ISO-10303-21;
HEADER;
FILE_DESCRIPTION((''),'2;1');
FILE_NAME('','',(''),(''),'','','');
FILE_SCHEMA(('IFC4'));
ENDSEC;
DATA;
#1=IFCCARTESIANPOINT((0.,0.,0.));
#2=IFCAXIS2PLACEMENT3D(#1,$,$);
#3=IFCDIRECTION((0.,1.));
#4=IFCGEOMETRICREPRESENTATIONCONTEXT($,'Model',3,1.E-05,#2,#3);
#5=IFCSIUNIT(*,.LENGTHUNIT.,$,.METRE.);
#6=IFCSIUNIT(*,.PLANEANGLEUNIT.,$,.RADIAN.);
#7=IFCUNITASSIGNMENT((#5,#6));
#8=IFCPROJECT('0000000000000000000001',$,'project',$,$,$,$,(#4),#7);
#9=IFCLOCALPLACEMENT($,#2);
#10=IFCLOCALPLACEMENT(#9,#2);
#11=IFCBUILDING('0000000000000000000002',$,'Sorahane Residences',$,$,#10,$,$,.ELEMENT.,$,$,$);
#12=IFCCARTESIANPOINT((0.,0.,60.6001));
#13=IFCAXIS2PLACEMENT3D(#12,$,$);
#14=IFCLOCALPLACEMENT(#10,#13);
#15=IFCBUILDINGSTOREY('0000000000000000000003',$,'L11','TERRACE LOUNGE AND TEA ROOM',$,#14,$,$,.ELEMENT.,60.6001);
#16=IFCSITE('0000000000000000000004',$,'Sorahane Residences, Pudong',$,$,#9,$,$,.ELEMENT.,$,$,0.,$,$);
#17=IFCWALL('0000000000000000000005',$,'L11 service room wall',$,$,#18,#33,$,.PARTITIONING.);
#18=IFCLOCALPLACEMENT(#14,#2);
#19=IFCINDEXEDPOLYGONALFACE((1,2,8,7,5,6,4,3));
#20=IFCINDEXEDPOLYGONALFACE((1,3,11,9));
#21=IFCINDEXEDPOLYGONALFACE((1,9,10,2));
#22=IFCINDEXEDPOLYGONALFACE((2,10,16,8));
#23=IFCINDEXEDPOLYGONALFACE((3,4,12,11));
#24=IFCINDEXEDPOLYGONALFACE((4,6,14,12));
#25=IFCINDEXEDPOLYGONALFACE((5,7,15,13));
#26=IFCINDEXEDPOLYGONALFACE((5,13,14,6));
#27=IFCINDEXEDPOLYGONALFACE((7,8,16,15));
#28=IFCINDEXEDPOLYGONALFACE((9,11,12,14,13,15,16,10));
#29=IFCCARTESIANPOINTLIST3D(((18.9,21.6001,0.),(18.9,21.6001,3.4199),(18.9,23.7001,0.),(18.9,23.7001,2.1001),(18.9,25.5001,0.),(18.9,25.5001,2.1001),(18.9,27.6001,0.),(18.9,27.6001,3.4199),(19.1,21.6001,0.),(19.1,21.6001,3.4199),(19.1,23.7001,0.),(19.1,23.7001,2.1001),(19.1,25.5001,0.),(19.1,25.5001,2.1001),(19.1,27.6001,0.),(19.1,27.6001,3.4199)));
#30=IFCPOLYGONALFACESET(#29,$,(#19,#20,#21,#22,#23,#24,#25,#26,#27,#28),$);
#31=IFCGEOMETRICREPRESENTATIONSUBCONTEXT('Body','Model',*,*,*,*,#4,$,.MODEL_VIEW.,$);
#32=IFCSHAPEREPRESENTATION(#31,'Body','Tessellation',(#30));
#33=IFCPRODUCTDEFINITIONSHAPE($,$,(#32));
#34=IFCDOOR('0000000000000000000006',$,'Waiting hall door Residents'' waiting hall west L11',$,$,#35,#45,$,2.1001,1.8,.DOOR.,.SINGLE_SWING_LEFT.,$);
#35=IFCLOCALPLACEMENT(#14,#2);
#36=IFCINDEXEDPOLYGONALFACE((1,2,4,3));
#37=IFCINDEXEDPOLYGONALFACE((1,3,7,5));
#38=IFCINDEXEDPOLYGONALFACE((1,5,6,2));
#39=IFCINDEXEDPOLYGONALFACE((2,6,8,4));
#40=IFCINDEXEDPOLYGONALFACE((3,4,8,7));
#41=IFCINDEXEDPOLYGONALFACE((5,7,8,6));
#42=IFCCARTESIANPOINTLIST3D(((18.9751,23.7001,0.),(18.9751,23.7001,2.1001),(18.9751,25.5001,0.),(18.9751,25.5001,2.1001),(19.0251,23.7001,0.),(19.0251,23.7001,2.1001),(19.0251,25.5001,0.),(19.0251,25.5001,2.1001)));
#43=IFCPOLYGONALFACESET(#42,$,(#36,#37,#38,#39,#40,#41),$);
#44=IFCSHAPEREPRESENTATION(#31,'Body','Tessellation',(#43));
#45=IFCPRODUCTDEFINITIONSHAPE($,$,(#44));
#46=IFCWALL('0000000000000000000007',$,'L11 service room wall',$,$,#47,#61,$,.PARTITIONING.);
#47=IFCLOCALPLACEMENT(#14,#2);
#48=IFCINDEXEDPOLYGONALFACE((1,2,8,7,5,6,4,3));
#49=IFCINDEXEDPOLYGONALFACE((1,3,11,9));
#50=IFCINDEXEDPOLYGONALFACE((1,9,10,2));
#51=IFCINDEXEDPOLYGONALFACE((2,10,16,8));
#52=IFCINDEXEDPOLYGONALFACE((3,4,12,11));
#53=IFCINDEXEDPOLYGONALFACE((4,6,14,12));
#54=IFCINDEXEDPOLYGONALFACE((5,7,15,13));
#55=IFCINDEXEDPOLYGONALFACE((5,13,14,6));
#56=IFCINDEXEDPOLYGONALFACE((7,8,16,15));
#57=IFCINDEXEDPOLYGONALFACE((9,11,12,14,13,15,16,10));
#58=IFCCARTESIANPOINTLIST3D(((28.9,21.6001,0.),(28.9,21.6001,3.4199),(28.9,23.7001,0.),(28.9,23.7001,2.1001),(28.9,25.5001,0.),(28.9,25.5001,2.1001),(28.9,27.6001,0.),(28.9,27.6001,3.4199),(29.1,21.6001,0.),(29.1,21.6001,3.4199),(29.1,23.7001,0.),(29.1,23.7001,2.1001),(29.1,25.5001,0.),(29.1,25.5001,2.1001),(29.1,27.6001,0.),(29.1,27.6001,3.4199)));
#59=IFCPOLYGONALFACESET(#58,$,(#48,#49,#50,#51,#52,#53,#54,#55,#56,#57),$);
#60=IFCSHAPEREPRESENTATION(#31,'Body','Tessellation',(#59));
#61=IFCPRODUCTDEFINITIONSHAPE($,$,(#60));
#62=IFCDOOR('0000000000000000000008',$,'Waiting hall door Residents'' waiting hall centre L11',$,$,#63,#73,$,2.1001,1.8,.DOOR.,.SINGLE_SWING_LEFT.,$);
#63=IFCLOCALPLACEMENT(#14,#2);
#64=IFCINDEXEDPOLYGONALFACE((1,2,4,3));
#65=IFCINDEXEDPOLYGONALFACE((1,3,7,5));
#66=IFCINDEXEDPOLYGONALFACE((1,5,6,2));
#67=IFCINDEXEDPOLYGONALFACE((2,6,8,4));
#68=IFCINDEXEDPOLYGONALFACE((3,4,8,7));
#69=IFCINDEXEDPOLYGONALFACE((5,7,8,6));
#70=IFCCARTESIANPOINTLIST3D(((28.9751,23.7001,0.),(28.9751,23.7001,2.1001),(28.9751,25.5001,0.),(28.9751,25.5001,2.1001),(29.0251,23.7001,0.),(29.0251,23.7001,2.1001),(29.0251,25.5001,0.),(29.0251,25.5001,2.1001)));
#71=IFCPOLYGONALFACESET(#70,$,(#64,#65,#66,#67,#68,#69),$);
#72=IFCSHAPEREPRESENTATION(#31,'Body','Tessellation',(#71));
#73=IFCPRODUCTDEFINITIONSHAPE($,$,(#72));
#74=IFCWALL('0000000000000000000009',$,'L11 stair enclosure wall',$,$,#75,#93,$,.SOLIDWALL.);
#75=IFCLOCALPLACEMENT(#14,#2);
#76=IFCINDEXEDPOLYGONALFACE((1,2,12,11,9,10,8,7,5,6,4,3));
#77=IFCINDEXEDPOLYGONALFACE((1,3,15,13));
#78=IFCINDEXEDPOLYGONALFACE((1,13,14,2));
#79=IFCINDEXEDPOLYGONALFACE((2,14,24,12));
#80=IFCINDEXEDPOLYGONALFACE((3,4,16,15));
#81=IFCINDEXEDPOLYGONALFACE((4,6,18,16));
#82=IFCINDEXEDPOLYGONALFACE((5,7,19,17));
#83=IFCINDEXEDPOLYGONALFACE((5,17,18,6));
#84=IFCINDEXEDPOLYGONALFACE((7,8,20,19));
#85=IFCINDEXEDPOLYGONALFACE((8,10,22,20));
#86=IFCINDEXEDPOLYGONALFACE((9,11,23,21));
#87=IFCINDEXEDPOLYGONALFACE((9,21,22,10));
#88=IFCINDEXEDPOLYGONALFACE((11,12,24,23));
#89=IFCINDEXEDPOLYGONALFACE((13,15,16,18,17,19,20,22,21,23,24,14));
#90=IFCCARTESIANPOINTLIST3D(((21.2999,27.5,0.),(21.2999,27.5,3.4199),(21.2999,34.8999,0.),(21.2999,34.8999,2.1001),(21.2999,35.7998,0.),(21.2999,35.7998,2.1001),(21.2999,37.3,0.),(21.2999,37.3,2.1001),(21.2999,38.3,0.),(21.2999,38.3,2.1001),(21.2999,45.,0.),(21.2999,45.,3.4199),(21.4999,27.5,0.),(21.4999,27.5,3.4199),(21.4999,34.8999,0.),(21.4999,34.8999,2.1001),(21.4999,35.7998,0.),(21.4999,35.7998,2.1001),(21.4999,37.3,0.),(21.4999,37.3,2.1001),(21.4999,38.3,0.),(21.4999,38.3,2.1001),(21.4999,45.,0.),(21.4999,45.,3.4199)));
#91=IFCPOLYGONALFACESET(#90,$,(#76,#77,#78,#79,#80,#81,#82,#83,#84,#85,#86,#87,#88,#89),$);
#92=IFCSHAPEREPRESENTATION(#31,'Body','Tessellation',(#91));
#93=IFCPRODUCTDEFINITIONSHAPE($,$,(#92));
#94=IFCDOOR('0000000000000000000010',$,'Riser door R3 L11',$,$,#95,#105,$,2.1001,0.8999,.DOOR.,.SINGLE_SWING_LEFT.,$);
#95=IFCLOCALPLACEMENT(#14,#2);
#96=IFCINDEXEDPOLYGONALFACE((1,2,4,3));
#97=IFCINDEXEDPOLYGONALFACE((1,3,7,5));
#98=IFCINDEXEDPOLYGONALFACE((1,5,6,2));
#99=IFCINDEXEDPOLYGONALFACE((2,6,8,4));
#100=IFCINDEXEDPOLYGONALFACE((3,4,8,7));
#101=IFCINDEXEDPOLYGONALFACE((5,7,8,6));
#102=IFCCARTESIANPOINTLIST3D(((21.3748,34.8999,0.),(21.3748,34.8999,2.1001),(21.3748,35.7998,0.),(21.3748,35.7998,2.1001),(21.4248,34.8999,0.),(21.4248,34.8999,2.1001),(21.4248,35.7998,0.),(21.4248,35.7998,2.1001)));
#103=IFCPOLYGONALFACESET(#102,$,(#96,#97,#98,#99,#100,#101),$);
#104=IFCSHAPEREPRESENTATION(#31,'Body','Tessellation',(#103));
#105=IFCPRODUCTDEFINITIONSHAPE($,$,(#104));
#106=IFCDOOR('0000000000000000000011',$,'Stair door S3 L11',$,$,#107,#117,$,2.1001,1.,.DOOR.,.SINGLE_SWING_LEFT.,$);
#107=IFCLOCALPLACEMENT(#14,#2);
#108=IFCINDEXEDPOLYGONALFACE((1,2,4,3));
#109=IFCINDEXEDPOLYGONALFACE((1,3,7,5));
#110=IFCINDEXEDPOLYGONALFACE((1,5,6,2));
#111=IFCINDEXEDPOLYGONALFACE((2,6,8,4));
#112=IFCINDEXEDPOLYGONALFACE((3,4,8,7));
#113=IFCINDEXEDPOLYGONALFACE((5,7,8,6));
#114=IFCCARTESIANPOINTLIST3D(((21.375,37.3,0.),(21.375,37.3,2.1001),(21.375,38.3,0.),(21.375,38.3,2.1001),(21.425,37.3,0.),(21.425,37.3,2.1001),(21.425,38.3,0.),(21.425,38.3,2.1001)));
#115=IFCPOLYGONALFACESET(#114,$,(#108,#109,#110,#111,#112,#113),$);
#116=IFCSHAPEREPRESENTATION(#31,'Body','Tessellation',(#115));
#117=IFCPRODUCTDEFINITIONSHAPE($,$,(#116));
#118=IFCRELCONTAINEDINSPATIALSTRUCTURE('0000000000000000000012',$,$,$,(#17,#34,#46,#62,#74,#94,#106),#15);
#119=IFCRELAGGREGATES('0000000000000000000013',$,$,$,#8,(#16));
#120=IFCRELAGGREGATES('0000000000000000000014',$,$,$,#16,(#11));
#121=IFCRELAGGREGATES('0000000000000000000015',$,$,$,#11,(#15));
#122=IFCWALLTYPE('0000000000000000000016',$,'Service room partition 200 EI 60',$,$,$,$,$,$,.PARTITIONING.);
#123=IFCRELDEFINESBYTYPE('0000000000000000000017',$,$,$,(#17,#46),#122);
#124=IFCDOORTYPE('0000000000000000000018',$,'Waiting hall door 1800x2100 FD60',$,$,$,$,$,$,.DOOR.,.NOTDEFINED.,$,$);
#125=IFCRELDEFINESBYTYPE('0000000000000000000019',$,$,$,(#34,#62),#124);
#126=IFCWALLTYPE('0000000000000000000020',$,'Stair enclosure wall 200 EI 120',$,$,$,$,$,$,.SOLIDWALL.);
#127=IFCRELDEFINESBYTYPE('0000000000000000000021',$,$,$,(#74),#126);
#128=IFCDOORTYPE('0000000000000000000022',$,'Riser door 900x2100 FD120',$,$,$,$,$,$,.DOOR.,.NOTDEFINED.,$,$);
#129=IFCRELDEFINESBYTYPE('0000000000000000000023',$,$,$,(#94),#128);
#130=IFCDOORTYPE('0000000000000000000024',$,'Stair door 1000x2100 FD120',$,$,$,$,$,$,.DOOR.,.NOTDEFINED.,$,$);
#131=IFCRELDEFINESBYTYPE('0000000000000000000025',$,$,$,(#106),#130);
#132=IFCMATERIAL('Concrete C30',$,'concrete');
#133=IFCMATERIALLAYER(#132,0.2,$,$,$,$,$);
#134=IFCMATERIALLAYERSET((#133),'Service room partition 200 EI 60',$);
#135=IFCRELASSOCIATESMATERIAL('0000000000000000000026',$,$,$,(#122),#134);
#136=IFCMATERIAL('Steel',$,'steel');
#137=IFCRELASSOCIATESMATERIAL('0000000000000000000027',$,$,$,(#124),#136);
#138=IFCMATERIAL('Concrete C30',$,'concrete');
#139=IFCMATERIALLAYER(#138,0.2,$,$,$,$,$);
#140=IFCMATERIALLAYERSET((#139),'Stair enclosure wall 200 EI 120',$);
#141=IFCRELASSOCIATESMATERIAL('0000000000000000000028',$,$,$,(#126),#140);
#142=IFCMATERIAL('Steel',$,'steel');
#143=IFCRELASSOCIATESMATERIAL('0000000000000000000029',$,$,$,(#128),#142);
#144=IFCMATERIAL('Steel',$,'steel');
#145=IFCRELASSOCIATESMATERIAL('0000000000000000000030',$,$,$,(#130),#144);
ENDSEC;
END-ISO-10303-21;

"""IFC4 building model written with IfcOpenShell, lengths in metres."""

from ifc_helpers import new_model, si_unit, direction, frame, frame_2d, origin, place, context, subcontext, project, spatial, rectangle, extrude, material, layer, layer_set, type_object, element, fill, save


model = new_model("IFC4")

# Units and contexts
model_context = context("Model", 3, precision=1e-05, world=origin(), true_north=direction((0.0, 1.0)))
body_context = subcontext(model_context, "Body", "Model", "MODEL_VIEW")
ifc_project = project(units=[si_unit("LENGTHUNIT", "METRE"), si_unit("PLANEANGLEUNIT", "RADIAN")], contexts=[model_context])

# Site, building, storey
site_placement = place(None, origin())
site = spatial("IfcSite", under=ifc_project, at=site_placement, Name="Sorahane Residences, Pudong", CompositionType="ELEMENT", RefElevation=0.0)
building_placement = place(site_placement, origin())
building = spatial("IfcBuilding", under=site, at=building_placement, Name="Sorahane Residences", CompositionType="ELEMENT")
storey_placement = place(building_placement, frame((0.0, 0.0, 60.6001)))
storey = spatial("IfcBuildingStorey", under=building, at=storey_placement, Name="L11", Description="TERRACE LOUNGE AND TEA ROOM", CompositionType="ELEMENT", Elevation=60.6001)

# Walls, openings, doors
ifc_material_1 = material(Name="Concrete C30", Category="concrete")
ifc_layer_1 = layer(ifc_material_1, 0.2)
ifc_layer_set_1 = layer_set([ifc_layer_1], Name="Service room partition 200 EI 60")
wall_type_1 = type_object("IfcWallType", Name="Service room partition 200 EI 60", PredefinedType="PARTITIONING", material=ifc_layer_set_1)
wall_1_placement = place(storey_placement, frame((19.0, 21.6001, 0.0), z_axis=(0.0, 0.0, 1.0), x_axis=(0.0, 1.0, 0.0)))
wall_1 = element("IfcWall", 1, at=wall_1_placement, inside=storey, type_object=wall_type_1, Name="L11 service room wall", PredefinedType="PARTITIONING", context=body_context, shape_type="SweptSolid", body=[
    extrude(rectangle(XDim=6.0, YDim=0.2, at=frame_2d((3.0, 0.0))), origin(), (0.0, 0.0, 1.0), 3.4199),
])
opening_1_placement = place(wall_1_placement, frame((2.1001, 0.0, 0.0)))
opening_1 = element("IfcOpeningElement", 2, at=opening_1_placement, cuts=wall_1, PredefinedType="OPENING", context=body_context, shape_type="SweptSolid", body=[
    extrude(rectangle(XDim=1.8, YDim=2.1001, at=frame_2d((0.8999, 1.05))), frame((0.0, 0.1099, 0.0), z_axis=(0.0, -1.0, 0.0), x_axis=(1.0, 0.0, 0.0)), (0.0, 0.0, 1.0), 0.22),
])
ifc_material_2 = material(Name="Steel", Category="steel")
door_type_1 = type_object("IfcDoorType", Name="Waiting hall door 1800x2100 FD60", OperationType="NOTDEFINED", PredefinedType="DOOR", material=ifc_material_2)
door_1_placement = place(opening_1_placement, origin())
door_1 = element("IfcDoor", 3, at=door_1_placement, inside=storey, type_object=door_type_1, Name="Waiting hall door Residents' waiting hall west L11", OperationType="SINGLE_SWING_LEFT", OverallHeight=2.1001, OverallWidth=1.8, PredefinedType="DOOR", context=body_context, shape_type="SweptSolid", body=[
    extrude(rectangle(XDim=1.8, YDim=2.1001, at=frame_2d((0.8999, 1.05))), frame((0.0, 0.0249, 0.0), z_axis=(0.0, -1.0, 0.0), x_axis=(1.0, 0.0, 0.0)), (0.0, 0.0, 1.0), 0.05),
])
fill(opening_1, door_1)
wall_2_placement = place(storey_placement, frame((29.0, 21.6001, 0.0), z_axis=(0.0, 0.0, 1.0), x_axis=(0.0, 1.0, 0.0)))
wall_2 = element("IfcWall", 4, at=wall_2_placement, inside=storey, type_object=wall_type_1, Name="L11 service room wall", PredefinedType="PARTITIONING", context=body_context, shape_type="SweptSolid", body=[
    extrude(rectangle(XDim=6.0, YDim=0.2, at=frame_2d((3.0, 0.0))), origin(), (0.0, 0.0, 1.0), 3.4199),
])
opening_2_placement = place(wall_2_placement, frame((2.1001, 0.0, 0.0)))
opening_2 = element("IfcOpeningElement", 5, at=opening_2_placement, cuts=wall_2, PredefinedType="OPENING", context=body_context, shape_type="SweptSolid", body=[
    extrude(rectangle(XDim=1.8, YDim=2.1001, at=frame_2d((0.8999, 1.05))), frame((0.0, 0.1099, 0.0), z_axis=(0.0, -1.0, 0.0), x_axis=(1.0, 0.0, 0.0)), (0.0, 0.0, 1.0), 0.22),
])
door_2_placement = place(opening_2_placement, origin())
door_2 = element("IfcDoor", 6, at=door_2_placement, inside=storey, type_object=door_type_1, Name="Waiting hall door Residents' waiting hall centre L11", OperationType="SINGLE_SWING_LEFT", OverallHeight=2.1001, OverallWidth=1.8, PredefinedType="DOOR", context=body_context, shape_type="SweptSolid", body=[
    extrude(rectangle(XDim=1.8, YDim=2.1001, at=frame_2d((0.8999, 1.05))), frame((0.0, 0.0249, 0.0), z_axis=(0.0, -1.0, 0.0), x_axis=(1.0, 0.0, 0.0)), (0.0, 0.0, 1.0), 0.05),
])
fill(opening_2, door_2)

# Wall, openings, doors
ifc_material_3 = material(Name="Concrete C30", Category="concrete")
ifc_layer_2 = layer(ifc_material_3, 0.2)
ifc_layer_set_2 = layer_set([ifc_layer_2], Name="Stair enclosure wall 200 EI 120")
wall_type_2 = type_object("IfcWallType", Name="Stair enclosure wall 200 EI 120", PredefinedType="SOLIDWALL", material=ifc_layer_set_2)
wall_3_placement = place(storey_placement, frame((21.3999, 27.5, 0.0), z_axis=(0.0, 0.0, 1.0), x_axis=(0.0, 1.0, 0.0)))
wall_3 = element("IfcWall", 7, at=wall_3_placement, inside=storey, type_object=wall_type_2, Name="L11 stair enclosure wall", PredefinedType="SOLIDWALL", context=body_context, shape_type="SweptSolid", body=[
    extrude(rectangle(XDim=17.5, YDim=0.2, at=frame_2d((8.75, 0.0))), origin(), (0.0, 0.0, 1.0), 3.4199),
])
opening_3_placement = place(wall_3_placement, frame((9.8, 0.0, 0.0)))
opening_3 = element("IfcOpeningElement", 8, at=opening_3_placement, cuts=wall_3, PredefinedType="OPENING", context=body_context, shape_type="SweptSolid", body=[
    extrude(rectangle(XDim=1.0, YDim=2.1001, at=frame_2d((0.5, 1.05))), frame((0.0, 0.1099, 0.0), z_axis=(0.0, -1.0, 0.0), x_axis=(1.0, 0.0, 0.0)), (0.0, 0.0, 1.0), 0.22),
])
opening_4_placement = place(wall_3_placement, frame((7.3999, 0.0, 0.0)))
opening_4 = element("IfcOpeningElement", 9, at=opening_4_placement, cuts=wall_3, PredefinedType="OPENING", context=body_context, shape_type="SweptSolid", body=[
    extrude(rectangle(XDim=0.8999, YDim=2.1001, at=frame_2d((0.45, 1.05))), frame((0.0, 0.1099, 0.0), z_axis=(0.0, -1.0, 0.0), x_axis=(1.0, 0.0, 0.0)), (0.0, 0.0, 1.0), 0.22),
])
ifc_material_4 = material(Name="Steel", Category="steel")
door_type_2 = type_object("IfcDoorType", Name="Riser door 900x2100 FD120", OperationType="NOTDEFINED", PredefinedType="DOOR", material=ifc_material_4)
door_3_placement = place(opening_4_placement, frame((0.8999, 0.0, 0.0), z_axis=(0.0, 0.0, 1.0), x_axis=(-1.0, 0.0, 0.0)))
door_3 = element("IfcDoor", 10, at=door_3_placement, inside=storey, type_object=door_type_2, Name="Riser door R3 L11", OperationType="SINGLE_SWING_LEFT", OverallHeight=2.1001, OverallWidth=0.8999, PredefinedType="DOOR", context=body_context, shape_type="SweptSolid", body=[
    extrude(rectangle(XDim=0.8999, YDim=2.1001, at=frame_2d((0.45, 1.05))), frame((0.0, 0.0249, 0.0), z_axis=(0.0, -1.0, 0.0), x_axis=(1.0, 0.0, 0.0)), (0.0, 0.0, 1.0), 0.05),
])
fill(opening_4, door_3)
ifc_material_5 = material(Name="Steel", Category="steel")
door_type_3 = type_object("IfcDoorType", Name="Stair door 1000x2100 FD120", OperationType="NOTDEFINED", PredefinedType="DOOR", material=ifc_material_5)
door_4_placement = place(opening_3_placement, origin())
door_4 = element("IfcDoor", 11, at=door_4_placement, inside=storey, type_object=door_type_3, Name="Stair door S3 L11", OperationType="SINGLE_SWING_LEFT", OverallHeight=2.1001, OverallWidth=1.0, PredefinedType="DOOR", context=body_context, shape_type="SweptSolid", body=[
    extrude(rectangle(XDim=1.0, YDim=2.1001, at=frame_2d((0.5, 1.05))), frame((0.0, 0.0249, 0.0), z_axis=(0.0, -1.0, 0.0), x_axis=(1.0, 0.0, 0.0)), (0.0, 0.0, 1.0), 0.05),
])
fill(opening_3, door_4)

save(model, "model.ifc")
